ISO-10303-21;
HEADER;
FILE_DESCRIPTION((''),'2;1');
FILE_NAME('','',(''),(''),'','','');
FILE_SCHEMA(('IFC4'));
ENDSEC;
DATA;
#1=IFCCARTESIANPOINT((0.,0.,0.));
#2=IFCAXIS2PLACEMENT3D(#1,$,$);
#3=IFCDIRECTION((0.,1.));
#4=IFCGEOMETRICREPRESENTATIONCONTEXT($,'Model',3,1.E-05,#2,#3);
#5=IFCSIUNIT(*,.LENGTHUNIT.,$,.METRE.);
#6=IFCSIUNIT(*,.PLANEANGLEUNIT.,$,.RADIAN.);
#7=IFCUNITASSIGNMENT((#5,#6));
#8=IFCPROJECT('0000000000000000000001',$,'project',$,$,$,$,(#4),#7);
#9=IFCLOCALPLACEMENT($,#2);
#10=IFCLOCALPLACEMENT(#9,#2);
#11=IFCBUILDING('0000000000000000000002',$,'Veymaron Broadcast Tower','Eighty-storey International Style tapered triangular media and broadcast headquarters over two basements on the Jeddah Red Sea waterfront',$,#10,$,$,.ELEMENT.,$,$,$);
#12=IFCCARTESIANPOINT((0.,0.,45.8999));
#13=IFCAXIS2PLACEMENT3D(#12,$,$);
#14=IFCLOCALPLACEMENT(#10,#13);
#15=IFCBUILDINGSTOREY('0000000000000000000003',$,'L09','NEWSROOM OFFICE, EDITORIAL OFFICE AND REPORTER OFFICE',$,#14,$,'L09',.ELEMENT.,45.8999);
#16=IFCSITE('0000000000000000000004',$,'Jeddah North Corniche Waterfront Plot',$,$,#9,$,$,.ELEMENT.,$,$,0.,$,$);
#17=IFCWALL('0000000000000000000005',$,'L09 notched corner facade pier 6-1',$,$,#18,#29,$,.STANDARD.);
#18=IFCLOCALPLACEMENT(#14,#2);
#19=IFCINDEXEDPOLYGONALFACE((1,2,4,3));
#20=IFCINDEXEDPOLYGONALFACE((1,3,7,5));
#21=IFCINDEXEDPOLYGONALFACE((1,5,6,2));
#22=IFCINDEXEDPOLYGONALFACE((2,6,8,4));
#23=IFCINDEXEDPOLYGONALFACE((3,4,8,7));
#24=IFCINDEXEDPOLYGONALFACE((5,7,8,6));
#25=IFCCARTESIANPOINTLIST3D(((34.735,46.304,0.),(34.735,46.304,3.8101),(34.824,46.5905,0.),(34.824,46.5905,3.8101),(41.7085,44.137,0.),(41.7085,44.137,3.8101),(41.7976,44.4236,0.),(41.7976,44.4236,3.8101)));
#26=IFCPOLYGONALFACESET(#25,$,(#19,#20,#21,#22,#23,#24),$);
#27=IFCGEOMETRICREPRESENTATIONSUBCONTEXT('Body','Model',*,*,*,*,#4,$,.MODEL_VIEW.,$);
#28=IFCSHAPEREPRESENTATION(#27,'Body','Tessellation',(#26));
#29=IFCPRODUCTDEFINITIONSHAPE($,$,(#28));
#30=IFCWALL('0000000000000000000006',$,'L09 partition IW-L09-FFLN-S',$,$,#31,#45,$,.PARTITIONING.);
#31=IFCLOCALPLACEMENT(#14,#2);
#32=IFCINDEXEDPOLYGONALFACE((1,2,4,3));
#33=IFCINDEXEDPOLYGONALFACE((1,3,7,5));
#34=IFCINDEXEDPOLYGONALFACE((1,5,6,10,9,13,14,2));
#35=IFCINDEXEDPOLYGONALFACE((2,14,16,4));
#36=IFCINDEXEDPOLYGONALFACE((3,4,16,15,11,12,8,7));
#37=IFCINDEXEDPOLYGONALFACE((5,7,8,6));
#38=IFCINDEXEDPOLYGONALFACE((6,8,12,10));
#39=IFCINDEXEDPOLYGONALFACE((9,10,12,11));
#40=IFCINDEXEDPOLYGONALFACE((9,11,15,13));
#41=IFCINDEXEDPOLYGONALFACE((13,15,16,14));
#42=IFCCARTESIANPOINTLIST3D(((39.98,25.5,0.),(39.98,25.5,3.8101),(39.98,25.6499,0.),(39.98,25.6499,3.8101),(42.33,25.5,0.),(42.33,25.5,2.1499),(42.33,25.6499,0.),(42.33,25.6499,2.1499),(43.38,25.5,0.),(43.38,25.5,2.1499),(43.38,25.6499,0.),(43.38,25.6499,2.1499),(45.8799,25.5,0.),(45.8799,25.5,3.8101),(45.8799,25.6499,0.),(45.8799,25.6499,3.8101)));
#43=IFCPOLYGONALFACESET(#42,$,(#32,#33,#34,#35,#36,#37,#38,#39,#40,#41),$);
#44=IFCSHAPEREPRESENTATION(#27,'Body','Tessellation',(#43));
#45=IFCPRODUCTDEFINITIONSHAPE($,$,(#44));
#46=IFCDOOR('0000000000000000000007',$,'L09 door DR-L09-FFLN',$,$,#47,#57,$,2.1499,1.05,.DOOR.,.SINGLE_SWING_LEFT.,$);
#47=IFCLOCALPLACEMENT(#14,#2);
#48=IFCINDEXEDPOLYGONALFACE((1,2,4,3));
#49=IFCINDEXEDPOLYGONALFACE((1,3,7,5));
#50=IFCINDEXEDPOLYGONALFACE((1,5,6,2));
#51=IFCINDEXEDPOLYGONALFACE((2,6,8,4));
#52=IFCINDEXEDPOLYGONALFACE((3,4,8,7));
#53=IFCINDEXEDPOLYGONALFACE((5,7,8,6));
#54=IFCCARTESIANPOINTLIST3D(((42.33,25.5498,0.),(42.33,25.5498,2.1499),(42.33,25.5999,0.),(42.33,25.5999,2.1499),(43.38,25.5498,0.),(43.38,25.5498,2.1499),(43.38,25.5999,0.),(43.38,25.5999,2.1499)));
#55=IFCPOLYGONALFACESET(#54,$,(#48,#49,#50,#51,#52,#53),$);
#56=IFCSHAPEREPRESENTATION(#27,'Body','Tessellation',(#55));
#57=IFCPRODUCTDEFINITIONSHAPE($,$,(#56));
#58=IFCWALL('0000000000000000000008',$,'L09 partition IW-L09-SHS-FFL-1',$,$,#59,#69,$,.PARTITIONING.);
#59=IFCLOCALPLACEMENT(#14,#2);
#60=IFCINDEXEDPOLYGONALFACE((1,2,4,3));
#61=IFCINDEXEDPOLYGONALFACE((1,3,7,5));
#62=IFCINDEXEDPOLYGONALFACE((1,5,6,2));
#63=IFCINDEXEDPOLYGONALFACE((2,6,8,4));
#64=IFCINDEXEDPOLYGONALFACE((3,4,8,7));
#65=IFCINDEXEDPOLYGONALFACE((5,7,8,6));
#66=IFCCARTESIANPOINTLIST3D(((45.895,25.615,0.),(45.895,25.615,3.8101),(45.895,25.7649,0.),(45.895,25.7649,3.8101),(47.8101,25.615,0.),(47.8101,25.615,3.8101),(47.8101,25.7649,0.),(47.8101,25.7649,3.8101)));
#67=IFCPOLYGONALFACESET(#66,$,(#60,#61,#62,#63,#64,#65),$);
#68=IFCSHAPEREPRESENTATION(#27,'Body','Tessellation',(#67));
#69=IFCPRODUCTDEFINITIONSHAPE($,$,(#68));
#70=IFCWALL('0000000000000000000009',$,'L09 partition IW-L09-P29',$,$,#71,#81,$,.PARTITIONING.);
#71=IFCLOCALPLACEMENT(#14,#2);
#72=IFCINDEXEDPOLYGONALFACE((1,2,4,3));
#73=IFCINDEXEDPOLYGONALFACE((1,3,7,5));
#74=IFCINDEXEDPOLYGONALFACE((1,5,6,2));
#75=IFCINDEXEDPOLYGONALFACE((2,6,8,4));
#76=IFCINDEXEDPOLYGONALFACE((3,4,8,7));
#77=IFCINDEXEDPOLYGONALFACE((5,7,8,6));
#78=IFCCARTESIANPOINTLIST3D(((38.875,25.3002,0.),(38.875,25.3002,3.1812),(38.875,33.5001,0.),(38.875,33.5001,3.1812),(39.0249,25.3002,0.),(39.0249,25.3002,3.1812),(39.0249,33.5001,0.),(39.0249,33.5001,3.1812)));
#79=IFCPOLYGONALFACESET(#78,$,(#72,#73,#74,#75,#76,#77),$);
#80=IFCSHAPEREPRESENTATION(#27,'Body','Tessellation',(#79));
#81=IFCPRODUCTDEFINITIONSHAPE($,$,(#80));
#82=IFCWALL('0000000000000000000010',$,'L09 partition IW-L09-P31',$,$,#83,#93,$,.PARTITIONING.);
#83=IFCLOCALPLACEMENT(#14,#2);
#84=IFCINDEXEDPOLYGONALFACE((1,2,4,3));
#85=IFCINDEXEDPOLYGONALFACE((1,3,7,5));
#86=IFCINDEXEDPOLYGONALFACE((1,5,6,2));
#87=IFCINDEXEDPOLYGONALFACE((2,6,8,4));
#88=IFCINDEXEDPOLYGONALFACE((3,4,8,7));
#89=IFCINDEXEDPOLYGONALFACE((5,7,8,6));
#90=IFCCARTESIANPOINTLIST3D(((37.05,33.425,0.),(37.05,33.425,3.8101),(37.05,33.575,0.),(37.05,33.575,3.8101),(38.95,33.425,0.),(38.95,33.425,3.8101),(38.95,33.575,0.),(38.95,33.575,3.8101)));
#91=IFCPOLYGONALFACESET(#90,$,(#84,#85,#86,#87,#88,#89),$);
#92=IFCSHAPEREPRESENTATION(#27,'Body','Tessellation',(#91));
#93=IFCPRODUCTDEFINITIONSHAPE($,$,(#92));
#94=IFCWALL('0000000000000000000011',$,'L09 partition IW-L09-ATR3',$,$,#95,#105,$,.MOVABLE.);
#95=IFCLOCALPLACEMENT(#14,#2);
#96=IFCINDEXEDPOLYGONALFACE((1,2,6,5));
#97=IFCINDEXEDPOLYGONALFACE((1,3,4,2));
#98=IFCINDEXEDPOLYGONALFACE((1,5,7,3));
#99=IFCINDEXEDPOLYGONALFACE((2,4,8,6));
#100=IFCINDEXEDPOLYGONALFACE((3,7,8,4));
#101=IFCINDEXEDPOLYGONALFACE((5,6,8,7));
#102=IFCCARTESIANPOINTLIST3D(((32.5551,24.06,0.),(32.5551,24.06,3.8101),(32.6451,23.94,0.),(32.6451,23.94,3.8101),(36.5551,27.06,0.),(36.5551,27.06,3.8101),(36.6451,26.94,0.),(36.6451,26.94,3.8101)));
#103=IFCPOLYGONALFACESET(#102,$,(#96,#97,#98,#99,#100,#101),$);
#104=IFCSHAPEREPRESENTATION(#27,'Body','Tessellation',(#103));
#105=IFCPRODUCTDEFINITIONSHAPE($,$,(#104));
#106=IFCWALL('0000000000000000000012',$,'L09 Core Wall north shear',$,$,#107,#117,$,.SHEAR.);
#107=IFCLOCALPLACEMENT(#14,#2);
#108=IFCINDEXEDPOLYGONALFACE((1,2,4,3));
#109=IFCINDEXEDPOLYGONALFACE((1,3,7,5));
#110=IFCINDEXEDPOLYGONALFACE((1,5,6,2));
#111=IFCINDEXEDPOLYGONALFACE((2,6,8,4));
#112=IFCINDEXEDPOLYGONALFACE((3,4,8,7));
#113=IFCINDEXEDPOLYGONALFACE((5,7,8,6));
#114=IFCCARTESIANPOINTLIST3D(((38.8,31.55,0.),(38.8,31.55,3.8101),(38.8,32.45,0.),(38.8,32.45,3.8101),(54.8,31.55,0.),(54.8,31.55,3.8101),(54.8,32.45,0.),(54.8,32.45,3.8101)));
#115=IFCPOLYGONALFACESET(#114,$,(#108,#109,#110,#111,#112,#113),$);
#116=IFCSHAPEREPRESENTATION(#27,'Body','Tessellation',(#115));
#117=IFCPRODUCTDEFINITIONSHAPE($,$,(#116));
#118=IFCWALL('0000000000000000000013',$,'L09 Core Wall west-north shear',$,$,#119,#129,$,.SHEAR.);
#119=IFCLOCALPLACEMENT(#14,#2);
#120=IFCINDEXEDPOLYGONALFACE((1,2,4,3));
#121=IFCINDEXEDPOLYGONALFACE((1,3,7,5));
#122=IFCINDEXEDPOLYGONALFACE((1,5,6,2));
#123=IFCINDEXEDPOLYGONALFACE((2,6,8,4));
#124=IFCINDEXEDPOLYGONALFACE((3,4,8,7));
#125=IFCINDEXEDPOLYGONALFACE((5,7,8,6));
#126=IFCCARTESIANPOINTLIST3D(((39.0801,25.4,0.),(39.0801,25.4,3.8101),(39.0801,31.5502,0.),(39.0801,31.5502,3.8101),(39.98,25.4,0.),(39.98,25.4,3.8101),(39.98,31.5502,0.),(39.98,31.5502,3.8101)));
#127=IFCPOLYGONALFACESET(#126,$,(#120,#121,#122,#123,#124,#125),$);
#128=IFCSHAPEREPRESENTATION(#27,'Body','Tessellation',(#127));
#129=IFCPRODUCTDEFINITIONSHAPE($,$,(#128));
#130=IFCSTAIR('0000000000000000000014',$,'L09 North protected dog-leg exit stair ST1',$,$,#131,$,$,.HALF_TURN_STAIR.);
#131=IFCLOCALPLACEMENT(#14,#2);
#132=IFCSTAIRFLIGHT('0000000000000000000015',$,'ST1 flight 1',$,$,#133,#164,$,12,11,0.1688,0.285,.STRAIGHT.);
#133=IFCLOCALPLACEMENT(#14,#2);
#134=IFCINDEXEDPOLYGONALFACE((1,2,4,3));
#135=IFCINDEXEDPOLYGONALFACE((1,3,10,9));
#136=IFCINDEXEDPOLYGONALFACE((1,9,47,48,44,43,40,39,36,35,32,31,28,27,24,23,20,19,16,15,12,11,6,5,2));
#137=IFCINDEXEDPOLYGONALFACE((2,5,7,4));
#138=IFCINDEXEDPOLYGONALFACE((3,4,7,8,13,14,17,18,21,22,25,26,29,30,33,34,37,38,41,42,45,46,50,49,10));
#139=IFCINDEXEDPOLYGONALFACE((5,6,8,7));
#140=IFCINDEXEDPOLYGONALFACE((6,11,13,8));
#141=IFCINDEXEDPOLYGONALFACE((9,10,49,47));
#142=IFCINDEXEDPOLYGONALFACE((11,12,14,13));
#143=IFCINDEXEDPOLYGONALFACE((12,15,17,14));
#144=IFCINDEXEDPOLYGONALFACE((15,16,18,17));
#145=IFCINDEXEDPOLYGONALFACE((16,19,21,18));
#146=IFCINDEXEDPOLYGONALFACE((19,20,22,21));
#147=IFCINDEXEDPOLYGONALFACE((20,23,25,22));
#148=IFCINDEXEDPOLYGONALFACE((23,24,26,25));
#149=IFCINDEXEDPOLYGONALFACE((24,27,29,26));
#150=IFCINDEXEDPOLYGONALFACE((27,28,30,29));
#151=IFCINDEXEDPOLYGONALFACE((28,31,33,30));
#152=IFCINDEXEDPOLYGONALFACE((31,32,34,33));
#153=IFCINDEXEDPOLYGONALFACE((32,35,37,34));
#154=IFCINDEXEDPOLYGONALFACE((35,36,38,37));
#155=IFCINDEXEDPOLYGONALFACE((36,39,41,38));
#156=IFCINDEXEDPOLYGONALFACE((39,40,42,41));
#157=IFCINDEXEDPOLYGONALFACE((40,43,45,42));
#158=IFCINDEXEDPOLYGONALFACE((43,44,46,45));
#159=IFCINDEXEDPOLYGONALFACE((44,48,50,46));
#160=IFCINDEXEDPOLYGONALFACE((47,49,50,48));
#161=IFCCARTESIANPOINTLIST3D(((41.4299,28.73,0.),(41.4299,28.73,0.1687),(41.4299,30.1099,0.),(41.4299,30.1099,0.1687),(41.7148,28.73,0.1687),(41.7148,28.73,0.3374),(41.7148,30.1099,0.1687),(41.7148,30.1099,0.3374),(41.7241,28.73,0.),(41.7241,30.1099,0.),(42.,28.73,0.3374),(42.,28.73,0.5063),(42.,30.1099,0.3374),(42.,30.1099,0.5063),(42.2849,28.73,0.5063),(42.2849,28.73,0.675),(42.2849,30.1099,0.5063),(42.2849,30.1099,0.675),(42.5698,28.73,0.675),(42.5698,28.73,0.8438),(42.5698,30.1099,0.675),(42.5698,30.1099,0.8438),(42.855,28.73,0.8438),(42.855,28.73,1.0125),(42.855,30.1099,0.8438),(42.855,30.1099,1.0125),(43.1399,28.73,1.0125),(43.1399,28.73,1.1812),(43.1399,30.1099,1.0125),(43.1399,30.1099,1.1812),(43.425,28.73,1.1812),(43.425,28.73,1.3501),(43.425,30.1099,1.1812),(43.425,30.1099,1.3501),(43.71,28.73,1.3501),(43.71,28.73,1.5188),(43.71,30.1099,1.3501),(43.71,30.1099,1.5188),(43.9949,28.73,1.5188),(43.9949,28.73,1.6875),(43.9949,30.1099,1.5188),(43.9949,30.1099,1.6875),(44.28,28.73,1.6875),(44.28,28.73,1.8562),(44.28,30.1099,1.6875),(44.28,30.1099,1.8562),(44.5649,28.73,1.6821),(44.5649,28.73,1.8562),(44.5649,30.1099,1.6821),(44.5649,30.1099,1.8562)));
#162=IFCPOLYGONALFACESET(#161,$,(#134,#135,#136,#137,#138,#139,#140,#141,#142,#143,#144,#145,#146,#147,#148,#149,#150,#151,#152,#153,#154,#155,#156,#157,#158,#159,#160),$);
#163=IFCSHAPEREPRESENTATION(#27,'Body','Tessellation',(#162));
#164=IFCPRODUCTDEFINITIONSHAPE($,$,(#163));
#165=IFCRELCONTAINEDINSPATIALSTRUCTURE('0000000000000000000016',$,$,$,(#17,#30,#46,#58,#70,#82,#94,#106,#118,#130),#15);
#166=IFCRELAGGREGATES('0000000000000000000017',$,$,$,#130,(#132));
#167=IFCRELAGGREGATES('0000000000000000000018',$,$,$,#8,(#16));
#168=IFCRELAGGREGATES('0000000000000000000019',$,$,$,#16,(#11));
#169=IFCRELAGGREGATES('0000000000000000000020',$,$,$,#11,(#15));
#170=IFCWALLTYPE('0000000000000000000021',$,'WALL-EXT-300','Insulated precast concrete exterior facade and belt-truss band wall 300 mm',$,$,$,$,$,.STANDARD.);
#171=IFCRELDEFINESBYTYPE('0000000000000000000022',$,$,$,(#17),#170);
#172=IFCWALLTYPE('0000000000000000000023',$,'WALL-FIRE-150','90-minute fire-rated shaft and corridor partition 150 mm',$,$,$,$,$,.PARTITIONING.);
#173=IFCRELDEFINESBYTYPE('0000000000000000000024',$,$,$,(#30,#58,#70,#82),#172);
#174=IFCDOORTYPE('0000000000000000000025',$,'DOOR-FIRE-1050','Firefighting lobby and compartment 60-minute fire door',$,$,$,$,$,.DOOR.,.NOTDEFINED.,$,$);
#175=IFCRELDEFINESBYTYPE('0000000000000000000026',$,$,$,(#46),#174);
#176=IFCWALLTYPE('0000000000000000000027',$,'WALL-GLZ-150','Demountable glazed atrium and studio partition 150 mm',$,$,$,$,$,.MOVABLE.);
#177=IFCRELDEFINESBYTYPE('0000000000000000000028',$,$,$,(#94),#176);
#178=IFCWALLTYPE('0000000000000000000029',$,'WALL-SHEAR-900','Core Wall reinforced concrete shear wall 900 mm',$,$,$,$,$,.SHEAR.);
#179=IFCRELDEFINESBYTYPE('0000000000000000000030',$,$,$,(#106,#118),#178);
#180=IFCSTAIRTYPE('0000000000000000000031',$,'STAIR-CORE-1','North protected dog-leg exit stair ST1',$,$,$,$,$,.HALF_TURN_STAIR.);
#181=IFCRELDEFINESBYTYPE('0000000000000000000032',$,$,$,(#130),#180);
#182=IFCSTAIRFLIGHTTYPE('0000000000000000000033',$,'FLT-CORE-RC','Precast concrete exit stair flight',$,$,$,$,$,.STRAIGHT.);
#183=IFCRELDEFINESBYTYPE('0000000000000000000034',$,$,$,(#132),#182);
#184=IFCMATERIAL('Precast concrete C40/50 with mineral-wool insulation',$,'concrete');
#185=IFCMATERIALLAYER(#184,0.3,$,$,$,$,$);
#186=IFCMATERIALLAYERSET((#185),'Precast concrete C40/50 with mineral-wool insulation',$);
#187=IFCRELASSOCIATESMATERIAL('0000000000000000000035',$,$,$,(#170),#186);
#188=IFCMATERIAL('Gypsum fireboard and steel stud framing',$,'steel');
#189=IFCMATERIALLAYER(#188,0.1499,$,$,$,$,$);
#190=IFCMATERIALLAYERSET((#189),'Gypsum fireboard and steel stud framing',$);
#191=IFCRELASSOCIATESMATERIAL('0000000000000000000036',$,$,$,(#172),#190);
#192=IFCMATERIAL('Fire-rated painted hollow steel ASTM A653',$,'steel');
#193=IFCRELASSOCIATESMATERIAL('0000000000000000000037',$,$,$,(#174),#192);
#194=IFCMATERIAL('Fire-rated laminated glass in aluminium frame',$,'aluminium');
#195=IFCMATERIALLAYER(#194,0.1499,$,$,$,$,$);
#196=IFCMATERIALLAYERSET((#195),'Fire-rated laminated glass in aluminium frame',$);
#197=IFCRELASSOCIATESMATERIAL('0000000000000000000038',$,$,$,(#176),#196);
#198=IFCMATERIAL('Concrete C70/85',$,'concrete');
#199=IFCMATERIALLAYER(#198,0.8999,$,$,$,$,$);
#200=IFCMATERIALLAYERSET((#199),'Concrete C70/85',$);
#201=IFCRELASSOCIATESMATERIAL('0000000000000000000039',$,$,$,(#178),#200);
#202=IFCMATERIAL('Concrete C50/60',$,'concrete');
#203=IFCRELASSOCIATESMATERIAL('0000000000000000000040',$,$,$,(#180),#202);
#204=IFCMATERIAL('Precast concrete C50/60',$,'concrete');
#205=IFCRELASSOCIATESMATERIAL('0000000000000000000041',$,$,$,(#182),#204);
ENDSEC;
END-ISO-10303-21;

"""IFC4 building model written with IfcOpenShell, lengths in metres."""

from ifc_helpers import new_model, si_unit, direction, frame, frame_2d, origin, place, context, subcontext, project, spatial, polyline, rectangle, outline, extrude, material, layer, layer_set, type_object, element, fill, aggregate, save


model = new_model("IFC4")

# Units and contexts
model_context = context("Model", 3, precision=1e-05, world=origin(), true_north=direction((0.0, 1.0)))
body_context = subcontext(model_context, "Body", "Model", "MODEL_VIEW")
ifc_project = project(units=[si_unit("LENGTHUNIT", "METRE"), si_unit("PLANEANGLEUNIT", "RADIAN")], contexts=[model_context])

# Site, building, storey
site_placement = place(None, origin())
site = spatial("IfcSite", under=ifc_project, at=site_placement, Name="Jeddah North Corniche Waterfront Plot", CompositionType="ELEMENT", RefElevation=0.0)
building_placement = place(site_placement, origin())
building = spatial("IfcBuilding", under=site, at=building_placement, Name="Veymaron Broadcast Tower", Description="Eighty-storey International Style tapered triangular media and broadcast headquarters over two basements on the Jeddah Red Sea waterfront", CompositionType="ELEMENT")
storey_placement = place(building_placement, frame((0.0, 0.0, 45.8999)))
storey = spatial("IfcBuildingStorey", under=building, at=storey_placement, Name="L09", Description="NEWSROOM OFFICE, EDITORIAL OFFICE AND REPORTER OFFICE", LongName="L09", CompositionType="ELEMENT", Elevation=45.8999)

# Wall
ifc_material_1 = material(Name="Precast concrete C40/50 with mineral-wool insulation", Category="concrete")
ifc_layer_1 = layer(ifc_material_1, 0.3)
ifc_layer_set_1 = layer_set([ifc_layer_1], Name="Precast concrete C40/50 with mineral-wool insulation")
wall_type_1 = type_object("IfcWallType", Name="WALL-EXT-300", Description="Insulated precast concrete exterior facade and belt-truss band wall 300 mm", PredefinedType="STANDARD", material=ifc_layer_set_1)
wall_1_placement = place(storey_placement, frame((41.7532, 44.2803, 0.0), z_axis=(0.0, 0.0, 1.0), x_axis=(-0.954957, 0.296744, 0.0)))
element("IfcWall", 1, at=wall_1_placement, inside=storey, type_object=wall_type_1, Name="L09 notched corner facade pier 6-1", PredefinedType="STANDARD", context=body_context, shape_type="SweptSolid", body=[
    extrude(rectangle(XDim=7.3025, YDim=0.3, at=frame_2d((3.6514, 0.0))), origin(), (0.0, 0.0, 1.0), 3.8101),
])

# Wall, opening, door
ifc_material_2 = material(Name="Gypsum fireboard and steel stud framing", Category="steel")
ifc_layer_2 = layer(ifc_material_2, 0.1499)
ifc_layer_set_2 = layer_set([ifc_layer_2], Name="Gypsum fireboard and steel stud framing")
wall_type_2 = type_object("IfcWallType", Name="WALL-FIRE-150", Description="90-minute fire-rated shaft and corridor partition 150 mm", PredefinedType="PARTITIONING", material=ifc_layer_set_2)
wall_2_placement = place(storey_placement, frame((39.98, 25.575, 0.0), z_axis=(0.0, 0.0, 1.0), x_axis=(1.0, 0.0, 0.0)))
wall_2 = element("IfcWall", 2, at=wall_2_placement, inside=storey, type_object=wall_type_2, Name="L09 partition IW-L09-FFLN-S", PredefinedType="PARTITIONING", context=body_context, shape_type="SweptSolid", body=[
    extrude(rectangle(XDim=5.8999, YDim=0.1499, at=frame_2d((2.95, 0.0))), origin(), (0.0, 0.0, 1.0), 3.8101),
])
opening_1_placement = place(wall_2_placement, frame((2.3501, 0.0, 0.0)))
opening_1 = element("IfcOpeningElement", 3, at=opening_1_placement, cuts=wall_2, PredefinedType="OPENING", context=body_context, shape_type="SweptSolid", body=[
    extrude(rectangle(XDim=1.05, YDim=2.1499, at=frame_2d((0.5249, 1.075))), frame((0.0, 0.085, 0.0), z_axis=(0.0, -1.0, 0.0), x_axis=(1.0, 0.0, 0.0)), (0.0, 0.0, 1.0), 0.1699),
])
ifc_material_3 = material(Name="Fire-rated painted hollow steel ASTM A653", Category="steel")
door_type_1 = type_object("IfcDoorType", Name="DOOR-FIRE-1050", Description="Firefighting lobby and compartment 60-minute fire door", OperationType="NOTDEFINED", PredefinedType="DOOR", material=ifc_material_3)
door_1_placement = place(opening_1_placement, origin())
door_1 = element("IfcDoor", 4, at=door_1_placement, inside=storey, type_object=door_type_1, Name="L09 door DR-L09-FFLN", OperationType="SINGLE_SWING_LEFT", OverallHeight=2.1499, OverallWidth=1.05, PredefinedType="DOOR", context=body_context, shape_type="SweptSolid", body=[
    extrude(rectangle(XDim=1.05, YDim=2.1499, at=frame_2d((0.5249, 1.075))), frame((0.0, 0.0249, 0.0), z_axis=(0.0, -1.0, 0.0), x_axis=(1.0, 0.0, 0.0)), (0.0, 0.0, 1.0), 0.05),
])
fill(opening_1, door_1)

# Wall
wall_3_placement = place(storey_placement, frame((45.895, 25.6899, 0.0), z_axis=(0.0, 0.0, 1.0), x_axis=(1.0, 0.0, 0.0)))
element("IfcWall", 5, at=wall_3_placement, inside=storey, type_object=wall_type_2, Name="L09 partition IW-L09-SHS-FFL-1", PredefinedType="PARTITIONING", context=body_context, shape_type="SweptSolid", body=[
    extrude(rectangle(XDim=1.915, YDim=0.1499, at=frame_2d((0.9575, 0.0))), origin(), (0.0, 0.0, 1.0), 3.8101),
])

# Walls
wall_4_placement = place(storey_placement, frame((38.95, 25.3, 0.0), z_axis=(0.0, 0.0, 1.0), x_axis=(0.0, 1.0, 0.0)))
element("IfcWall", 6, at=wall_4_placement, inside=storey, type_object=wall_type_2, Name="L09 partition IW-L09-P29", PredefinedType="PARTITIONING", context=body_context, shape_type="SweptSolid", body=[
    extrude(rectangle(XDim=8.2, YDim=0.1499, at=frame_2d((4.1001, 0.0))), origin(), (0.0, 0.0, 1.0), 3.1812),
])
wall_5_placement = place(storey_placement, frame((37.05, 33.5, 0.0), z_axis=(0.0, 0.0, 1.0), x_axis=(1.0, 0.0, 0.0)))
element("IfcWall", 7, at=wall_5_placement, inside=storey, type_object=wall_type_2, Name="L09 partition IW-L09-P31", PredefinedType="PARTITIONING", context=body_context, shape_type="SweptSolid", body=[
    extrude(rectangle(XDim=1.8999, YDim=0.1499, at=frame_2d((0.95, 0.0))), origin(), (0.0, 0.0, 1.0), 3.8101),
])
ifc_material_4 = material(Name="Fire-rated laminated glass in aluminium frame", Category="aluminium")
ifc_layer_3 = layer(ifc_material_4, 0.1499)
ifc_layer_set_3 = layer_set([ifc_layer_3], Name="Fire-rated laminated glass in aluminium frame")
wall_type_3 = type_object("IfcWallType", Name="WALL-GLZ-150", Description="Demountable glazed atrium and studio partition 150 mm", PredefinedType="MOVABLE", material=ifc_layer_set_3)
wall_6_placement = place(storey_placement, frame((36.6001, 27.0, 0.0), z_axis=(0.0, 0.0, 1.0), x_axis=(-0.8, -0.6, 0.0)))
element("IfcWall", 8, at=wall_6_placement, inside=storey, type_object=wall_type_3, Name="L09 partition IW-L09-ATR3", PredefinedType="MOVABLE", context=body_context, shape_type="SweptSolid", body=[
    extrude(rectangle(XDim=5.0, YDim=0.1499, at=frame_2d((2.5, 0.0))), origin(), (0.0, 0.0, 1.0), 3.8101),
])

# Shared definitions
ifc_material_5 = material(Name="Concrete C50/60", Category="concrete")

# Walls
ifc_material_6 = material(Name="Concrete C70/85", Category="concrete")
ifc_layer_4 = layer(ifc_material_6, 0.8999)
ifc_layer_set_4 = layer_set([ifc_layer_4], Name="Concrete C70/85")
wall_type_4 = type_object("IfcWallType", Name="WALL-SHEAR-900", Description="Core Wall reinforced concrete shear wall 900 mm", PredefinedType="SHEAR", material=ifc_layer_set_4)
wall_7_placement = place(storey_placement, frame((38.8, 32.0, 0.0), z_axis=(0.0, 0.0, 1.0), x_axis=(1.0, 0.0, 0.0)))
element("IfcWall", 9, at=wall_7_placement, inside=storey, type_object=wall_type_4, Name="L09 Core Wall north shear", PredefinedType="SHEAR", context=body_context, shape_type="SweptSolid", body=[
    extrude(rectangle(XDim=16.0, YDim=0.8999, at=frame_2d((8.0, 0.0))), origin(), (0.0, 0.0, 1.0), 3.8101),
])
wall_8_placement = place(storey_placement, frame((39.53, 25.3999, 0.0), z_axis=(0.0, 0.0, 1.0), x_axis=(0.0, 1.0, 0.0)))
element("IfcWall", 10, at=wall_8_placement, inside=storey, type_object=wall_type_4, Name="L09 Core Wall west-north shear", PredefinedType="SHEAR", context=body_context, shape_type="SweptSolid", body=[
    extrude(rectangle(XDim=6.1501, YDim=0.8999, at=frame_2d((3.0752, 0.0))), origin(), (0.0, 0.0, 1.0), 3.8101),
])

# Stair, stair flight
stair_type = type_object("IfcStairType", Name="STAIR-CORE-1", Description="North protected dog-leg exit stair ST1", PredefinedType="HALF_TURN_STAIR", material=ifc_material_5)
stair_placement = place(storey_placement, origin())
stair = element("IfcStair", 11, at=stair_placement, inside=storey, type_object=stair_type, Name="L09 North protected dog-leg exit stair ST1", PredefinedType="HALF_TURN_STAIR")
ifc_material_7 = material(Name="Precast concrete C50/60", Category="concrete")
stair_flight_type = type_object("IfcStairFlightType", Name="FLT-CORE-RC", Description="Precast concrete exit stair flight", PredefinedType="STRAIGHT", material=ifc_material_7)
stair_flight_1_placement = place(storey_placement, frame((41.4299, 29.4199, 0.0), z_axis=(0.0, 0.0, 1.0), x_axis=(1.0, 0.0, 0.0)))
stair_flight_1 = element("IfcStairFlight", 12, at=stair_flight_1_placement, type_object=stair_flight_type, Name="ST1 flight 1", NumberOfRisers=12, NumberOfTreads=11, PredefinedType="STRAIGHT", RiserHeight=0.1688, TreadLength=0.285, context=body_context, shape_type="SweptSolid", body=[
    extrude(outline(polyline([(0.0, 0.0), (0.0, 0.1687), (0.2849, 0.1687), (0.2849, 0.3374), (0.5701, 0.3374), (0.5701, 0.5063), (0.855, 0.5063), (0.855, 0.675), (1.1399, 0.675), (1.1399, 0.8438), (1.425, 0.8438), (1.425, 1.0125), (1.71, 1.0125), (1.71, 1.1812), (1.9951, 1.1812), (1.9951, 1.3501), (2.28, 1.3501), (2.28, 1.5188), (2.5649, 1.5188), (2.5649, 1.6875), (2.8501, 1.6875), (2.8501, 1.8562), (3.135, 1.8562), (3.135, 2.0249), (3.135, 1.6821), (0.2942, 0.0), (0.0, 0.0)])), frame((0.0, 0.6899, 0.0), z_axis=(0.0, -1.0, 0.0), x_axis=(1.0, 0.0, 0.0)), (0.0, 0.0, 1.0), 1.3799),
])
aggregate(stair, [stair_flight_1])

save(model, "model.ifc")
